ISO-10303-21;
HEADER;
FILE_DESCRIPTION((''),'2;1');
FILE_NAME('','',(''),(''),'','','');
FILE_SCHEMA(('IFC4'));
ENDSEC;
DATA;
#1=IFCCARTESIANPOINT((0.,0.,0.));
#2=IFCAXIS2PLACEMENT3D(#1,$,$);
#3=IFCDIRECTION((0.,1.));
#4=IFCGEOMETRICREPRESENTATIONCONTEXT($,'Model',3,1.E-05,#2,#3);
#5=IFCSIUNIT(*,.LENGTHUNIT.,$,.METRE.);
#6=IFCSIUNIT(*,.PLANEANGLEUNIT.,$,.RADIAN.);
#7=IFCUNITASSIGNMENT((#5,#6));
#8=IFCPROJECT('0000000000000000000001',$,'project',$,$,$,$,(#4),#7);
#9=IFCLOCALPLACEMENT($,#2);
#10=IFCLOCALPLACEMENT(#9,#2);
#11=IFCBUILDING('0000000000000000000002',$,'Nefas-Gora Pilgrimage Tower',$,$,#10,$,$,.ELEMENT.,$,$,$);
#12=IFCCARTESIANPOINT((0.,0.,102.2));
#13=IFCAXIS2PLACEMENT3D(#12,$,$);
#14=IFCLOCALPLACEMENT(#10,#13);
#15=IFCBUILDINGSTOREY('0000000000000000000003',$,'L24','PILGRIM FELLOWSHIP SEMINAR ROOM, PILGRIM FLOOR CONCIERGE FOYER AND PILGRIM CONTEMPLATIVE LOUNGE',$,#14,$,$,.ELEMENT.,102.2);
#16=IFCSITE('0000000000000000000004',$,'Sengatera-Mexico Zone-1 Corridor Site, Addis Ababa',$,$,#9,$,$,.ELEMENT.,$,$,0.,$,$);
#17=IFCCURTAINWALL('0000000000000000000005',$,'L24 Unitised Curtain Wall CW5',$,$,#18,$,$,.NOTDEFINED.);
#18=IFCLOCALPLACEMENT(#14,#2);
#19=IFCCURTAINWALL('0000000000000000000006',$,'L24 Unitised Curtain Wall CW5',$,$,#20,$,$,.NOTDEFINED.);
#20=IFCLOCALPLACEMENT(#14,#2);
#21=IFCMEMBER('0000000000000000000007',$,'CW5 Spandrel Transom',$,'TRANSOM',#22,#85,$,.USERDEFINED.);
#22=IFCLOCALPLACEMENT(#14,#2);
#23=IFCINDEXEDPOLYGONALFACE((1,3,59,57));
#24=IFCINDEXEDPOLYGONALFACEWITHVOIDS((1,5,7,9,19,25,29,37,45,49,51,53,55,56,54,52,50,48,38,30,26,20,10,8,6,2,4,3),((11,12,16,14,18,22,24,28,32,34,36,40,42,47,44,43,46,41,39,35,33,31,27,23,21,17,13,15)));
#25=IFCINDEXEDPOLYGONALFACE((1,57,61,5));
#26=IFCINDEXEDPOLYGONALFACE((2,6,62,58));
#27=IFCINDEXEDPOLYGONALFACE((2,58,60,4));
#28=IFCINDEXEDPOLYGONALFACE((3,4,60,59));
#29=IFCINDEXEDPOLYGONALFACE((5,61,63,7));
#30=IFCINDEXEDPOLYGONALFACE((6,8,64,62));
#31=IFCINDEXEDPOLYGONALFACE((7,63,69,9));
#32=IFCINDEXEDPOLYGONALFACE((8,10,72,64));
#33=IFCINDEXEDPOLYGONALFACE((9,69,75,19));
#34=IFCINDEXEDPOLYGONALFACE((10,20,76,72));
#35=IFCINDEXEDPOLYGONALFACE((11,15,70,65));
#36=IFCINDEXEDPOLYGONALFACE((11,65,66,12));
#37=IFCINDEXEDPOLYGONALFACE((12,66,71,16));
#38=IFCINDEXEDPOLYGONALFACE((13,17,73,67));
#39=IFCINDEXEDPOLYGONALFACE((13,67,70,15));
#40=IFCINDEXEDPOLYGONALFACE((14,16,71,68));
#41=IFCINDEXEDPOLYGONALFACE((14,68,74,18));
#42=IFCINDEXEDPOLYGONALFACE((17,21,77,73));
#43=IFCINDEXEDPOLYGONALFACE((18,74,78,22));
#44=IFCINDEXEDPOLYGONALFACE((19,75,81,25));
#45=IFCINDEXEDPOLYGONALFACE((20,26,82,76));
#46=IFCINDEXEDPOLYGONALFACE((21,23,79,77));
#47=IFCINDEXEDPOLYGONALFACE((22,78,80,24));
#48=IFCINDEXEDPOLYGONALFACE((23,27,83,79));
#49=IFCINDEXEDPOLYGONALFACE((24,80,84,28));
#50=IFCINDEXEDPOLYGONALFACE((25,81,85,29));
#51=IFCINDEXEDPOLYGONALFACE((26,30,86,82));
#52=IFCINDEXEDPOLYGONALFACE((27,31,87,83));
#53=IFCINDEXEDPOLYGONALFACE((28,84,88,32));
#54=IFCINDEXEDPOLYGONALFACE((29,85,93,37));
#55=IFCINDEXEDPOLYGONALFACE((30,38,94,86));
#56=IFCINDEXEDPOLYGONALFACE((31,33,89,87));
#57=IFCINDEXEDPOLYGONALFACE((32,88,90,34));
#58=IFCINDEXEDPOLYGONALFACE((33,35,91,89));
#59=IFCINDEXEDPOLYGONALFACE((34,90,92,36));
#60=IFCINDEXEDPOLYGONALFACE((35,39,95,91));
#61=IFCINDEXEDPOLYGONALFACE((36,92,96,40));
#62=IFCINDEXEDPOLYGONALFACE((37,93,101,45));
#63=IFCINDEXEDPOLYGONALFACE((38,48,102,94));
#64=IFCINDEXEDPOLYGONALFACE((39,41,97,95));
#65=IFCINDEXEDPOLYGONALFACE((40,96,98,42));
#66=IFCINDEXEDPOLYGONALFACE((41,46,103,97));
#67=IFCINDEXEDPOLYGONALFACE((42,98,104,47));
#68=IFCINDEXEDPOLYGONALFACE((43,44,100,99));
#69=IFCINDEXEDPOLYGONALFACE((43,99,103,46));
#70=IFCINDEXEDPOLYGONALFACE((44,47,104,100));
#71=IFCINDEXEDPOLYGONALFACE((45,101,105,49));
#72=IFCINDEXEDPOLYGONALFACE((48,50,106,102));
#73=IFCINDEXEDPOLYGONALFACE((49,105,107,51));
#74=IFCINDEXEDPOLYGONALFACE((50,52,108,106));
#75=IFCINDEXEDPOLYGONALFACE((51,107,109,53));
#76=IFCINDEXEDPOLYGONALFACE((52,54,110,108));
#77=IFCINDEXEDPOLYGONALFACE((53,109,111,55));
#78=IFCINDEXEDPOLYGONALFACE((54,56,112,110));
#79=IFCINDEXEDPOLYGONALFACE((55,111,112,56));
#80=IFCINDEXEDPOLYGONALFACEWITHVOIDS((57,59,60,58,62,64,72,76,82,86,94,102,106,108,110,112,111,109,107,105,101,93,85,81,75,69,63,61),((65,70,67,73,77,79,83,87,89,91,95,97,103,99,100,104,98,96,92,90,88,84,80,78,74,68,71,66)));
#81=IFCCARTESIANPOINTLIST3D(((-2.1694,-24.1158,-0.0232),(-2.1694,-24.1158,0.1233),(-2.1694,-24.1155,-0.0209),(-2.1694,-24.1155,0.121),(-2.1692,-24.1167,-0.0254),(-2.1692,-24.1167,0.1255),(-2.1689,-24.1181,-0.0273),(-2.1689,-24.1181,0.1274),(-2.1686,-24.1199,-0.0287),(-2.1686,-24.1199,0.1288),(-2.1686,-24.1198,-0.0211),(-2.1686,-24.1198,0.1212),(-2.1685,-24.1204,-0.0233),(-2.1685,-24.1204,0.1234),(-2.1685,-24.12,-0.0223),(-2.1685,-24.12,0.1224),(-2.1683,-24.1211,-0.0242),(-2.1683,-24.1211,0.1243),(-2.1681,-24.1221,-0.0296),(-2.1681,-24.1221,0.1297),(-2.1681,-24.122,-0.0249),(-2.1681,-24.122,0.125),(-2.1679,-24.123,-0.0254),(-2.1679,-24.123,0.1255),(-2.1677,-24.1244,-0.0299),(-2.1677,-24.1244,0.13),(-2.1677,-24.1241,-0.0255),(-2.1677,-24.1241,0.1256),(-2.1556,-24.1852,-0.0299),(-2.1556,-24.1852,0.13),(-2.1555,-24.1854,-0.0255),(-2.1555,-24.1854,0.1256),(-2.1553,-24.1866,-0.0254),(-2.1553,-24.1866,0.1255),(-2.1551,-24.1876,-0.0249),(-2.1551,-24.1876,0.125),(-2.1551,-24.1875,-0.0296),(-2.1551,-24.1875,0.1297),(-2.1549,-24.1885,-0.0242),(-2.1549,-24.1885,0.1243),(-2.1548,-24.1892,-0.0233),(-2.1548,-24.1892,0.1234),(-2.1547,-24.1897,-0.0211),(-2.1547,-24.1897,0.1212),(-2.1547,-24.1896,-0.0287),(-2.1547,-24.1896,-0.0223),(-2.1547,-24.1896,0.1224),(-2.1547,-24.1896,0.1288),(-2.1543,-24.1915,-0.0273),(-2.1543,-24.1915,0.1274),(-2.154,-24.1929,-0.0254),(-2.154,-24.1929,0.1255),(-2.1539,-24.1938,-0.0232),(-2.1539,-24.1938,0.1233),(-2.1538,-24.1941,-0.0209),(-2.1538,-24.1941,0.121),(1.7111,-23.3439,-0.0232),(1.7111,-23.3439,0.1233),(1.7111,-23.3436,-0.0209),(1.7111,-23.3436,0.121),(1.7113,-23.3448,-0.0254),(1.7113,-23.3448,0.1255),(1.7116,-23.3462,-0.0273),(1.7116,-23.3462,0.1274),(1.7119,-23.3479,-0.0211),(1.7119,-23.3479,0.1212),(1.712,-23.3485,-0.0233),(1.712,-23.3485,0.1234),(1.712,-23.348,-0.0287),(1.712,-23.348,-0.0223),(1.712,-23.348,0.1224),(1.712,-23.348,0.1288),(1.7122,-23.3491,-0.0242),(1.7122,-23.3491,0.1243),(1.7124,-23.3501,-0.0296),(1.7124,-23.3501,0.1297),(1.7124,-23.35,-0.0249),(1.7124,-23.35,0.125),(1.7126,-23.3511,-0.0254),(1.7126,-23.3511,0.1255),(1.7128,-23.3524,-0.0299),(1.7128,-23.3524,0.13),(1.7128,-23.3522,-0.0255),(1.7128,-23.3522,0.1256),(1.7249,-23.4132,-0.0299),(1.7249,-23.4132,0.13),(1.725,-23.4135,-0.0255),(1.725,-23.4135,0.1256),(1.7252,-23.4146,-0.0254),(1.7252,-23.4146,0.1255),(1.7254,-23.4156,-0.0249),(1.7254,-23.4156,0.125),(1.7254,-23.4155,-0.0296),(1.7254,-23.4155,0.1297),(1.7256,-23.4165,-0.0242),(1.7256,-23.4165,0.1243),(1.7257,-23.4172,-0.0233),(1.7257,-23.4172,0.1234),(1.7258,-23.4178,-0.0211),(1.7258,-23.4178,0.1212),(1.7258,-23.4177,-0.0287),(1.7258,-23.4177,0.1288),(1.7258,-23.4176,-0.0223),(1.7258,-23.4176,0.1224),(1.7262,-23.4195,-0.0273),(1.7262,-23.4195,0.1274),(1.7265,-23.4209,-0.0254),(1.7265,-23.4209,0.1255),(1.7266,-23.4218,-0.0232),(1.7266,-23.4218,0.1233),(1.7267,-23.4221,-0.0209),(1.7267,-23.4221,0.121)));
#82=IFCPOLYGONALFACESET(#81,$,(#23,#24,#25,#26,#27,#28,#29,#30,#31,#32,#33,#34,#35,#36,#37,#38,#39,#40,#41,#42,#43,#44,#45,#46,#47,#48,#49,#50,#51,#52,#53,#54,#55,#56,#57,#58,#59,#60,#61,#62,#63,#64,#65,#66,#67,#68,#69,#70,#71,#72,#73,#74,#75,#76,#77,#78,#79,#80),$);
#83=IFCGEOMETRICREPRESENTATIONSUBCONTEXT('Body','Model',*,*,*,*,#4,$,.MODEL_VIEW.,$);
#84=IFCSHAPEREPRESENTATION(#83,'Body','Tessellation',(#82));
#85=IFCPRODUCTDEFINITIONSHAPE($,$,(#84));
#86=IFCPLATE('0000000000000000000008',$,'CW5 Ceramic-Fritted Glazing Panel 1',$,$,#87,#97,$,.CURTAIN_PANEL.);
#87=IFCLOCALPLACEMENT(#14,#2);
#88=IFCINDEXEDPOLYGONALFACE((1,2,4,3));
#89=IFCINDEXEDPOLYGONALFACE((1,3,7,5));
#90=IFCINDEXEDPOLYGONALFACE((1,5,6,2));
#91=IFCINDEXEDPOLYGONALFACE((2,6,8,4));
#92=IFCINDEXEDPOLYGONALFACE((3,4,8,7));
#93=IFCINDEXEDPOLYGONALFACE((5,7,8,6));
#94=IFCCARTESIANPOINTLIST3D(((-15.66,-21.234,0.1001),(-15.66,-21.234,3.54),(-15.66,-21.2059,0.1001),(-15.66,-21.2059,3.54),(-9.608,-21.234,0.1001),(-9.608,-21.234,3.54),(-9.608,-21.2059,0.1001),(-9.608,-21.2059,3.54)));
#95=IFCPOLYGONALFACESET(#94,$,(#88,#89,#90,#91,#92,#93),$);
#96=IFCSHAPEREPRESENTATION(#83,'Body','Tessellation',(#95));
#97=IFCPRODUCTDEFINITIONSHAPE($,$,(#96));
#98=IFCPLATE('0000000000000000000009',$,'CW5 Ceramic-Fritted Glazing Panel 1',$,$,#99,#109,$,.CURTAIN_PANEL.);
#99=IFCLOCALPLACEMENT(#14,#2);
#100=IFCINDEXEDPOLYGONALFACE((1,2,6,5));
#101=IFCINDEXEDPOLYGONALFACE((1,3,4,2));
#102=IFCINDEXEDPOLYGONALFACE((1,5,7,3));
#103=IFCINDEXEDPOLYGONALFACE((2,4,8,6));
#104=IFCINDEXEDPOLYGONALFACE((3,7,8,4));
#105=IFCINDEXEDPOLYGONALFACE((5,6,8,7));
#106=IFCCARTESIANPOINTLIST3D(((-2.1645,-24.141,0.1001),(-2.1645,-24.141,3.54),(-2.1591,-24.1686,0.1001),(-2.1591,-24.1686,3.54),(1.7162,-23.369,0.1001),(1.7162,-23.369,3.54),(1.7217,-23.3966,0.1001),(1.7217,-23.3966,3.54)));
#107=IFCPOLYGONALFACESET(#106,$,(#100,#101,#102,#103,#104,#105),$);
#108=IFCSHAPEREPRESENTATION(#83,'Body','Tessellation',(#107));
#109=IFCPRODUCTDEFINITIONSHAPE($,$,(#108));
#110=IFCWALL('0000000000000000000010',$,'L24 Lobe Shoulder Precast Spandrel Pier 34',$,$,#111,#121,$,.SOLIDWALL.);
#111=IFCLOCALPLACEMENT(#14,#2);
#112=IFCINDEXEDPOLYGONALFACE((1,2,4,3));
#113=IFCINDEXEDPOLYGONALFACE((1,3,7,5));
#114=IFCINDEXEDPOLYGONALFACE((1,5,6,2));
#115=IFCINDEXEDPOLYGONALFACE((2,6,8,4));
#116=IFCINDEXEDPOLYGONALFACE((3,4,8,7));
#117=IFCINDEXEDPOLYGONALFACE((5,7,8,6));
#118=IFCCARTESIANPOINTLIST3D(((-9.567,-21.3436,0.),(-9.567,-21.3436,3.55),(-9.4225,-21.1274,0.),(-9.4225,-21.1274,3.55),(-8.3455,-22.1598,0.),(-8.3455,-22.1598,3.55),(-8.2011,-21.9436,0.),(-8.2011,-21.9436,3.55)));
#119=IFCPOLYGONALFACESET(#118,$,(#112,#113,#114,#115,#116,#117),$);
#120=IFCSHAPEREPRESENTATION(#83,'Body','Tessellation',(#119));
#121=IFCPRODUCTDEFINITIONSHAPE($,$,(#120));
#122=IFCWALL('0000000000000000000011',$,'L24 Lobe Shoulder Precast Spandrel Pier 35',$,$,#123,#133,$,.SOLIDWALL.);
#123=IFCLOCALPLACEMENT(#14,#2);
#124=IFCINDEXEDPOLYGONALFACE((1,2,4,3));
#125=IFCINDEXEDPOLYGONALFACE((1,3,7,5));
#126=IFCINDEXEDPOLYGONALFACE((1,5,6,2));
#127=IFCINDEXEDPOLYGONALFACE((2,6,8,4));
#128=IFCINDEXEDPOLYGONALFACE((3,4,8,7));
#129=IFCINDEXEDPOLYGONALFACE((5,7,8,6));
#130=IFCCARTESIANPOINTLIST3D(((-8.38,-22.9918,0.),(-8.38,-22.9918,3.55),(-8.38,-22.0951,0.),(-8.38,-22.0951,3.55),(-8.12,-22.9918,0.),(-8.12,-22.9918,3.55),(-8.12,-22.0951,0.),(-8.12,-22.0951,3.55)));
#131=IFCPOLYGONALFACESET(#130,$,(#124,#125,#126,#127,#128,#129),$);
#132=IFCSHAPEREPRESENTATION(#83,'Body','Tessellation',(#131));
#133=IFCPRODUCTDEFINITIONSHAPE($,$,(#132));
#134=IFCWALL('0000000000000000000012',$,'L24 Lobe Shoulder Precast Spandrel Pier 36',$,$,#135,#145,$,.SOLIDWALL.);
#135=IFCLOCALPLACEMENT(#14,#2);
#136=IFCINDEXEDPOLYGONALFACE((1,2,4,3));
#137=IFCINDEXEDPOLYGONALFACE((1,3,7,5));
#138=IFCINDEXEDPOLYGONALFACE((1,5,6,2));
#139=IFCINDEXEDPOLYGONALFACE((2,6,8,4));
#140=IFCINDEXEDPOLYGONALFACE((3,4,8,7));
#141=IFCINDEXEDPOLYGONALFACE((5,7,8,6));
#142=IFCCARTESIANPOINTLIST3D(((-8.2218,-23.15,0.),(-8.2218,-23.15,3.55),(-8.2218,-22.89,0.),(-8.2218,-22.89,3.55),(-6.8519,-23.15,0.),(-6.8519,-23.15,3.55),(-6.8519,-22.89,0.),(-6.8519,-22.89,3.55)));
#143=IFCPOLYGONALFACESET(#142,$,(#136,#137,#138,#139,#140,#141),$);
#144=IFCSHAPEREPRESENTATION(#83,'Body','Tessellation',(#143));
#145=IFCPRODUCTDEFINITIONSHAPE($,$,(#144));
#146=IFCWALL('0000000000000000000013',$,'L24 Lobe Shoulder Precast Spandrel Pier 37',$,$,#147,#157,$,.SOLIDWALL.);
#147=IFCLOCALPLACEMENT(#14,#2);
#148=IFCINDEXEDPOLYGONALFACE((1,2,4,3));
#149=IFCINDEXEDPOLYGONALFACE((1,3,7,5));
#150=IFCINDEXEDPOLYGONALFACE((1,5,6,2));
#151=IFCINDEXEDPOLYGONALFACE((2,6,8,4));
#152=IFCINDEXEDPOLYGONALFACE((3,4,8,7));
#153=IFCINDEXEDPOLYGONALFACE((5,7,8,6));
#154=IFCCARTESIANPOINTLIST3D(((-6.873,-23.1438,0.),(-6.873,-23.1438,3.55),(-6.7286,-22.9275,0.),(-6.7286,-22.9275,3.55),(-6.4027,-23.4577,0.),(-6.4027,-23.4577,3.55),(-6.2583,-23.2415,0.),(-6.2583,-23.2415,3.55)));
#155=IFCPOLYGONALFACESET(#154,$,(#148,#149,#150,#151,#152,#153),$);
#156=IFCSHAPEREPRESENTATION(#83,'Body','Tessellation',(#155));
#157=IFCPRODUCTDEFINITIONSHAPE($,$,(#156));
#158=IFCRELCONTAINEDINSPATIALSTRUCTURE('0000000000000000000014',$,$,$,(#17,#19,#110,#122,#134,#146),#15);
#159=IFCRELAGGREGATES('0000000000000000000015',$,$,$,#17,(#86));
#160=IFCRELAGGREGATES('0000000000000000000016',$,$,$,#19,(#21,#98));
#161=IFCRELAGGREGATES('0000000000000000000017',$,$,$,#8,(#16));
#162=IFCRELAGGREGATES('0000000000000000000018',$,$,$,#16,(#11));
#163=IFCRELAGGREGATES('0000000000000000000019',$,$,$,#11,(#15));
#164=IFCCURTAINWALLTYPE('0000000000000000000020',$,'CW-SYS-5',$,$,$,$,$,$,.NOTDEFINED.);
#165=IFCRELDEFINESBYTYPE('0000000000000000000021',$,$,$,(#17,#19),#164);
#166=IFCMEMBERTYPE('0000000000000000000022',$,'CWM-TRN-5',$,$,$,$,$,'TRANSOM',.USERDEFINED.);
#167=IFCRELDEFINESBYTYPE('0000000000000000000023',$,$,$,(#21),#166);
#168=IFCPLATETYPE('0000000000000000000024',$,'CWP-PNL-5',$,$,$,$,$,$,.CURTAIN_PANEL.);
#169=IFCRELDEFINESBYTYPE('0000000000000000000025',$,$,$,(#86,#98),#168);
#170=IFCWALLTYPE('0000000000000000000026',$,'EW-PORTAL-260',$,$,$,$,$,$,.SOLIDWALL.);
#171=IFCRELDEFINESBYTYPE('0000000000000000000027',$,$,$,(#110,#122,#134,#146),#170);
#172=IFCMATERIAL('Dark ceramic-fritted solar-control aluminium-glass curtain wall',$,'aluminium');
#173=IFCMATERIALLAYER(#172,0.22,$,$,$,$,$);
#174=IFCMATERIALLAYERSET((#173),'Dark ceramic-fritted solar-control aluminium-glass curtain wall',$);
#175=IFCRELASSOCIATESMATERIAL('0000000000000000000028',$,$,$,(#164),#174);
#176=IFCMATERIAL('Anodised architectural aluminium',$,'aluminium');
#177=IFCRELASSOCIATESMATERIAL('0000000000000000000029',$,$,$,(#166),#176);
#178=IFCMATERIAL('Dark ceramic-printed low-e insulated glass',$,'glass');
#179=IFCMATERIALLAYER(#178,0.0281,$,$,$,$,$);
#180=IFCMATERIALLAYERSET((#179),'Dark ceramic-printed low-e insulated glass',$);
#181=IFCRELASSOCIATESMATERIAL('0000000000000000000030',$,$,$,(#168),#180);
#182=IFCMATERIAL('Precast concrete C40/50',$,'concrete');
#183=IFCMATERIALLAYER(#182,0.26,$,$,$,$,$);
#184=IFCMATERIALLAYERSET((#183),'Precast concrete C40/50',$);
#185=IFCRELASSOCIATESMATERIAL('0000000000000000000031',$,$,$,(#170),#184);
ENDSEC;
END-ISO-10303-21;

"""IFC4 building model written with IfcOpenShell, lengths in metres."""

from ifc_helpers import new_model, si_unit, direction, frame, frame_2d, origin, origin_2d, place, context, subcontext, project, spatial, rectangle, hollow_rectangle, extrude, source, transform, mapped, material, layer, layer_set, material_profile, profile_set, type_object, element, aggregate, save


model = new_model("IFC4")

# Units and contexts
model_context = context("Model", 3, precision=1e-05, world=origin(), true_north=direction((0.0, 1.0)))
body_context = subcontext(model_context, "Body", "Model", "MODEL_VIEW")
ifc_project = project(units=[si_unit("LENGTHUNIT", "METRE"), si_unit("PLANEANGLEUNIT", "RADIAN")], contexts=[model_context])

# Site, building, storey
site_placement = place(None, origin())
site = spatial("IfcSite", under=ifc_project, at=site_placement, Name="Sengatera-Mexico Zone-1 Corridor Site, Addis Ababa", CompositionType="ELEMENT", RefElevation=0.0)
building_placement = place(site_placement, origin())
building = spatial("IfcBuilding", under=site, at=building_placement, Name="Nefas-Gora Pilgrimage Tower", CompositionType="ELEMENT")
storey_placement = place(building_placement, frame((0.0, 0.0, 102.2)))
storey = spatial("IfcBuildingStorey", under=building, at=storey_placement, Name="L24", Description="PILGRIM FELLOWSHIP SEMINAR ROOM, PILGRIM FLOOR CONCIERGE FOYER AND PILGRIM CONTEMPLATIVE LOUNGE", CompositionType="ELEMENT", Elevation=102.2)

# Curtain wall
ifc_material_1 = material(Name="Dark ceramic-fritted solar-control aluminium-glass curtain wall", Category="aluminium")
ifc_layer_1 = layer(ifc_material_1, 0.22)
ifc_layer_set_1 = layer_set([ifc_layer_1], Name="Dark ceramic-fritted solar-control aluminium-glass curtain wall")
curtain_wall_type = type_object("IfcCurtainWallType", Name="CW-SYS-5", PredefinedType="NOTDEFINED", material=ifc_layer_set_1)
curtain_wall_1_placement = place(storey_placement, origin())
curtain_wall_1 = element("IfcCurtainWall", 1, at=curtain_wall_1_placement, inside=storey, type_object=curtain_wall_type, Name="L24 Unitised Curtain Wall CW5", PredefinedType="NOTDEFINED")
ifc_material_2 = material(Name="Anodised architectural aluminium", Category="aluminium")

# Curtain wall, member
curtain_wall_2_placement = place(storey_placement, origin())
curtain_wall_2 = element("IfcCurtainWall", 2, at=curtain_wall_2_placement, inside=storey, type_object=curtain_wall_type, Name="L24 Unitised Curtain Wall CW5", PredefinedType="NOTDEFINED")
ifc_material_profile_1 = material_profile(ifc_material_2, hollow_rectangle(XDim=0.0801, YDim=0.1599, WallThickness=0.0044, InnerFilletRadius=0.0044, OuterFilletRadius=0.009, at=origin_2d()), Name="ALU TRANSOM 80x160")
ifc_profile_set_1 = profile_set([ifc_material_profile_1], Name="Anodised architectural aluminium")
member_type_1 = type_object("IfcMemberType", Name="CWM-TRN-5", ElementType="TRANSOM", PredefinedType="USERDEFINED", material=ifc_profile_set_1)
shared_shape_1 = source(origin(), body_context, "Body", "SweptSolid", [
    extrude(hollow_rectangle(XDim=0.0801, YDim=0.1599, WallThickness=0.0044, InnerFilletRadius=0.0044, OuterFilletRadius=0.009, at=origin_2d()), origin(), (0.0, 0.0, 1.0), 3.9565),
])
member_1_placement = place(storey_placement, frame((-2.1616, -24.1548, 0.05), z_axis=(0.980782, 0.195107, 0.0), x_axis=(-0.195107, 0.980782, 0.0)))
member_1 = element("IfcMember", 3, at=member_1_placement, type_object=member_type_1, Name="CW5 Spandrel Transom", ObjectType="TRANSOM", PredefinedType="USERDEFINED", context=body_context, shape_type="MappedRepresentation", body=[
    mapped(shared_shape_1, transform((0.0, 0.0, 0.0), x_axis=(1.0, 0.0, 0.0), y_axis=(0.0, 1.0, 0.0), z_axis=(0.0, 0.0, 1.0), scale=1.0)),
])

# Plates
ifc_material_3 = material(Name="Dark ceramic-printed low-e insulated glass", Category="glass")
ifc_layer_2 = layer(ifc_material_3, 0.0281)
ifc_layer_set_2 = layer_set([ifc_layer_2], Name="Dark ceramic-printed low-e insulated glass")
plate_type = type_object("IfcPlateType", Name="CWP-PNL-5", PredefinedType="CURTAIN_PANEL", material=ifc_layer_set_2)
shared_shape_2 = source(origin(), body_context, "Body", "SweptSolid", [
    extrude(rectangle(XDim=6.052, YDim=0.0281, at=origin_2d()), origin(), (0.0, 0.0, 1.0), 3.4399),
])
plate_1_placement = place(storey_placement, frame((-12.634, -21.22, 0.1001), z_axis=(0.0, 0.0, 1.0), x_axis=(1.0, 0.0, 0.0)))
plate_1 = element("IfcPlate", 4, at=plate_1_placement, type_object=plate_type, Name="CW5 Ceramic-Fritted Glazing Panel 1", PredefinedType="CURTAIN_PANEL", context=body_context, shape_type="MappedRepresentation", body=[
    mapped(shared_shape_2, transform((0.0, 0.0, 0.0), x_axis=(1.0, 0.0, 0.0), y_axis=(0.0, 1.0, 0.0), z_axis=(0.0, 0.0, 1.0), scale=1.0)),
])
aggregate(curtain_wall_1, [plate_1])
shared_shape_3 = source(origin(), body_context, "Body", "SweptSolid", [
    extrude(rectangle(XDim=3.9568, YDim=0.0281, at=origin_2d()), origin(), (0.0, 0.0, 1.0), 3.4399),
])
plate_2_placement = place(storey_placement, frame((-0.2214, -23.7688, 0.1001), z_axis=(0.0, 0.0, 1.0), x_axis=(0.980783, 0.195102, 0.0)))
plate_2 = element("IfcPlate", 5, at=plate_2_placement, type_object=plate_type, Name="CW5 Ceramic-Fritted Glazing Panel 1", PredefinedType="CURTAIN_PANEL", context=body_context, shape_type="MappedRepresentation", body=[
    mapped(shared_shape_3, transform((0.0, 0.0, 0.0), x_axis=(1.0, 0.0, 0.0), y_axis=(0.0, 1.0, 0.0), z_axis=(0.0, 0.0, 1.0), scale=1.0)),
])
aggregate(curtain_wall_2, [member_1, plate_2])

# Walls
ifc_material_4 = material(Name="Precast concrete C40/50", Category="concrete")
ifc_layer_3 = layer(ifc_material_4, 0.26)
ifc_layer_set_3 = layer_set([ifc_layer_3], Name="Precast concrete C40/50")
wall_type_1 = type_object("IfcWallType", Name="EW-PORTAL-260", PredefinedType="SOLIDWALL", material=ifc_layer_set_3)
shared_shape_4 = source(origin(), body_context, "Body", "SweptSolid", [
    extrude(rectangle(XDim=1.469, YDim=0.26, at=frame_2d((0.7344, 0.0))), origin(), (0.0, 0.0, 1.0), 3.55),
])
wall_1_placement = place(storey_placement, frame((-9.4946, -21.2356, 0.0), z_axis=(0.0, 0.0, 1.0), x_axis=(0.831462, -0.555582, 0.0)))
element("IfcWall", 6, at=wall_1_placement, inside=storey, type_object=wall_type_1, Name="L24 Lobe Shoulder Precast Spandrel Pier 34", PredefinedType="SOLIDWALL", context=body_context, shape_type="MappedRepresentation", body=[
    mapped(shared_shape_4, transform((0.0, 0.0, 0.0), x_axis=(1.0, 0.0, 0.0), y_axis=(0.0, 1.0, 0.0), z_axis=(0.0, 0.0, 1.0), scale=1.0)),
])
shared_shape_5 = source(origin(), body_context, "Body", "SweptSolid", [
    extrude(rectangle(XDim=0.8967, YDim=0.26, at=frame_2d((0.4482, 0.0))), origin(), (0.0, 0.0, 1.0), 3.55),
])
wall_2_placement = place(storey_placement, frame((-8.25, -22.0952, 0.0), z_axis=(0.0, 0.0, 1.0), x_axis=(0.0, -1.0, 0.0)))
element("IfcWall", 7, at=wall_2_placement, inside=storey, type_object=wall_type_1, Name="L24 Lobe Shoulder Precast Spandrel Pier 35", PredefinedType="SOLIDWALL", context=body_context, shape_type="MappedRepresentation", body=[
    mapped(shared_shape_5, transform((0.0, 0.0, 0.0), x_axis=(1.0, 0.0, 0.0), y_axis=(0.0, 1.0, 0.0), z_axis=(0.0, 0.0, 1.0), scale=1.0)),
])
shared_shape_6 = source(origin(), body_context, "Body", "SweptSolid", [
    extrude(rectangle(XDim=1.3699, YDim=0.26, at=frame_2d((0.6851, 0.0))), origin(), (0.0, 0.0, 1.0), 3.55),
])
wall_3_placement = place(storey_placement, frame((-8.2219, -23.02, 0.0), z_axis=(0.0, 0.0, 1.0), x_axis=(1.0, 0.0, 0.0)))
element("IfcWall", 8, at=wall_3_placement, inside=storey, type_object=wall_type_1, Name="L24 Lobe Shoulder Precast Spandrel Pier 36", PredefinedType="SOLIDWALL", context=body_context, shape_type="MappedRepresentation", body=[
    mapped(shared_shape_6, transform((0.0, 0.0, 0.0), x_axis=(1.0, 0.0, 0.0), y_axis=(0.0, 1.0, 0.0), z_axis=(0.0, 0.0, 1.0), scale=1.0)),
])
shared_shape_7 = source(origin(), body_context, "Body", "SweptSolid", [
    extrude(rectangle(XDim=0.5654, YDim=0.26, at=frame_2d((0.2827, 0.0))), origin(), (0.0, 0.0, 1.0), 3.55),
])
wall_4_placement = place(storey_placement, frame((-6.8008, -23.0356, 0.0), z_axis=(0.0, 0.0, 1.0), x_axis=(0.831651, -0.555298, 0.0)))
element("IfcWall", 9, at=wall_4_placement, inside=storey, type_object=wall_type_1, Name="L24 Lobe Shoulder Precast Spandrel Pier 37", PredefinedType="SOLIDWALL", context=body_context, shape_type="MappedRepresentation", body=[
    mapped(shared_shape_7, transform((0.0, 0.0, 0.0), x_axis=(1.0, 0.0, 0.0), y_axis=(0.0, 1.0, 0.0), z_axis=(0.0, 0.0, 1.0), scale=1.0)),
])

save(model, "model.ifc")
